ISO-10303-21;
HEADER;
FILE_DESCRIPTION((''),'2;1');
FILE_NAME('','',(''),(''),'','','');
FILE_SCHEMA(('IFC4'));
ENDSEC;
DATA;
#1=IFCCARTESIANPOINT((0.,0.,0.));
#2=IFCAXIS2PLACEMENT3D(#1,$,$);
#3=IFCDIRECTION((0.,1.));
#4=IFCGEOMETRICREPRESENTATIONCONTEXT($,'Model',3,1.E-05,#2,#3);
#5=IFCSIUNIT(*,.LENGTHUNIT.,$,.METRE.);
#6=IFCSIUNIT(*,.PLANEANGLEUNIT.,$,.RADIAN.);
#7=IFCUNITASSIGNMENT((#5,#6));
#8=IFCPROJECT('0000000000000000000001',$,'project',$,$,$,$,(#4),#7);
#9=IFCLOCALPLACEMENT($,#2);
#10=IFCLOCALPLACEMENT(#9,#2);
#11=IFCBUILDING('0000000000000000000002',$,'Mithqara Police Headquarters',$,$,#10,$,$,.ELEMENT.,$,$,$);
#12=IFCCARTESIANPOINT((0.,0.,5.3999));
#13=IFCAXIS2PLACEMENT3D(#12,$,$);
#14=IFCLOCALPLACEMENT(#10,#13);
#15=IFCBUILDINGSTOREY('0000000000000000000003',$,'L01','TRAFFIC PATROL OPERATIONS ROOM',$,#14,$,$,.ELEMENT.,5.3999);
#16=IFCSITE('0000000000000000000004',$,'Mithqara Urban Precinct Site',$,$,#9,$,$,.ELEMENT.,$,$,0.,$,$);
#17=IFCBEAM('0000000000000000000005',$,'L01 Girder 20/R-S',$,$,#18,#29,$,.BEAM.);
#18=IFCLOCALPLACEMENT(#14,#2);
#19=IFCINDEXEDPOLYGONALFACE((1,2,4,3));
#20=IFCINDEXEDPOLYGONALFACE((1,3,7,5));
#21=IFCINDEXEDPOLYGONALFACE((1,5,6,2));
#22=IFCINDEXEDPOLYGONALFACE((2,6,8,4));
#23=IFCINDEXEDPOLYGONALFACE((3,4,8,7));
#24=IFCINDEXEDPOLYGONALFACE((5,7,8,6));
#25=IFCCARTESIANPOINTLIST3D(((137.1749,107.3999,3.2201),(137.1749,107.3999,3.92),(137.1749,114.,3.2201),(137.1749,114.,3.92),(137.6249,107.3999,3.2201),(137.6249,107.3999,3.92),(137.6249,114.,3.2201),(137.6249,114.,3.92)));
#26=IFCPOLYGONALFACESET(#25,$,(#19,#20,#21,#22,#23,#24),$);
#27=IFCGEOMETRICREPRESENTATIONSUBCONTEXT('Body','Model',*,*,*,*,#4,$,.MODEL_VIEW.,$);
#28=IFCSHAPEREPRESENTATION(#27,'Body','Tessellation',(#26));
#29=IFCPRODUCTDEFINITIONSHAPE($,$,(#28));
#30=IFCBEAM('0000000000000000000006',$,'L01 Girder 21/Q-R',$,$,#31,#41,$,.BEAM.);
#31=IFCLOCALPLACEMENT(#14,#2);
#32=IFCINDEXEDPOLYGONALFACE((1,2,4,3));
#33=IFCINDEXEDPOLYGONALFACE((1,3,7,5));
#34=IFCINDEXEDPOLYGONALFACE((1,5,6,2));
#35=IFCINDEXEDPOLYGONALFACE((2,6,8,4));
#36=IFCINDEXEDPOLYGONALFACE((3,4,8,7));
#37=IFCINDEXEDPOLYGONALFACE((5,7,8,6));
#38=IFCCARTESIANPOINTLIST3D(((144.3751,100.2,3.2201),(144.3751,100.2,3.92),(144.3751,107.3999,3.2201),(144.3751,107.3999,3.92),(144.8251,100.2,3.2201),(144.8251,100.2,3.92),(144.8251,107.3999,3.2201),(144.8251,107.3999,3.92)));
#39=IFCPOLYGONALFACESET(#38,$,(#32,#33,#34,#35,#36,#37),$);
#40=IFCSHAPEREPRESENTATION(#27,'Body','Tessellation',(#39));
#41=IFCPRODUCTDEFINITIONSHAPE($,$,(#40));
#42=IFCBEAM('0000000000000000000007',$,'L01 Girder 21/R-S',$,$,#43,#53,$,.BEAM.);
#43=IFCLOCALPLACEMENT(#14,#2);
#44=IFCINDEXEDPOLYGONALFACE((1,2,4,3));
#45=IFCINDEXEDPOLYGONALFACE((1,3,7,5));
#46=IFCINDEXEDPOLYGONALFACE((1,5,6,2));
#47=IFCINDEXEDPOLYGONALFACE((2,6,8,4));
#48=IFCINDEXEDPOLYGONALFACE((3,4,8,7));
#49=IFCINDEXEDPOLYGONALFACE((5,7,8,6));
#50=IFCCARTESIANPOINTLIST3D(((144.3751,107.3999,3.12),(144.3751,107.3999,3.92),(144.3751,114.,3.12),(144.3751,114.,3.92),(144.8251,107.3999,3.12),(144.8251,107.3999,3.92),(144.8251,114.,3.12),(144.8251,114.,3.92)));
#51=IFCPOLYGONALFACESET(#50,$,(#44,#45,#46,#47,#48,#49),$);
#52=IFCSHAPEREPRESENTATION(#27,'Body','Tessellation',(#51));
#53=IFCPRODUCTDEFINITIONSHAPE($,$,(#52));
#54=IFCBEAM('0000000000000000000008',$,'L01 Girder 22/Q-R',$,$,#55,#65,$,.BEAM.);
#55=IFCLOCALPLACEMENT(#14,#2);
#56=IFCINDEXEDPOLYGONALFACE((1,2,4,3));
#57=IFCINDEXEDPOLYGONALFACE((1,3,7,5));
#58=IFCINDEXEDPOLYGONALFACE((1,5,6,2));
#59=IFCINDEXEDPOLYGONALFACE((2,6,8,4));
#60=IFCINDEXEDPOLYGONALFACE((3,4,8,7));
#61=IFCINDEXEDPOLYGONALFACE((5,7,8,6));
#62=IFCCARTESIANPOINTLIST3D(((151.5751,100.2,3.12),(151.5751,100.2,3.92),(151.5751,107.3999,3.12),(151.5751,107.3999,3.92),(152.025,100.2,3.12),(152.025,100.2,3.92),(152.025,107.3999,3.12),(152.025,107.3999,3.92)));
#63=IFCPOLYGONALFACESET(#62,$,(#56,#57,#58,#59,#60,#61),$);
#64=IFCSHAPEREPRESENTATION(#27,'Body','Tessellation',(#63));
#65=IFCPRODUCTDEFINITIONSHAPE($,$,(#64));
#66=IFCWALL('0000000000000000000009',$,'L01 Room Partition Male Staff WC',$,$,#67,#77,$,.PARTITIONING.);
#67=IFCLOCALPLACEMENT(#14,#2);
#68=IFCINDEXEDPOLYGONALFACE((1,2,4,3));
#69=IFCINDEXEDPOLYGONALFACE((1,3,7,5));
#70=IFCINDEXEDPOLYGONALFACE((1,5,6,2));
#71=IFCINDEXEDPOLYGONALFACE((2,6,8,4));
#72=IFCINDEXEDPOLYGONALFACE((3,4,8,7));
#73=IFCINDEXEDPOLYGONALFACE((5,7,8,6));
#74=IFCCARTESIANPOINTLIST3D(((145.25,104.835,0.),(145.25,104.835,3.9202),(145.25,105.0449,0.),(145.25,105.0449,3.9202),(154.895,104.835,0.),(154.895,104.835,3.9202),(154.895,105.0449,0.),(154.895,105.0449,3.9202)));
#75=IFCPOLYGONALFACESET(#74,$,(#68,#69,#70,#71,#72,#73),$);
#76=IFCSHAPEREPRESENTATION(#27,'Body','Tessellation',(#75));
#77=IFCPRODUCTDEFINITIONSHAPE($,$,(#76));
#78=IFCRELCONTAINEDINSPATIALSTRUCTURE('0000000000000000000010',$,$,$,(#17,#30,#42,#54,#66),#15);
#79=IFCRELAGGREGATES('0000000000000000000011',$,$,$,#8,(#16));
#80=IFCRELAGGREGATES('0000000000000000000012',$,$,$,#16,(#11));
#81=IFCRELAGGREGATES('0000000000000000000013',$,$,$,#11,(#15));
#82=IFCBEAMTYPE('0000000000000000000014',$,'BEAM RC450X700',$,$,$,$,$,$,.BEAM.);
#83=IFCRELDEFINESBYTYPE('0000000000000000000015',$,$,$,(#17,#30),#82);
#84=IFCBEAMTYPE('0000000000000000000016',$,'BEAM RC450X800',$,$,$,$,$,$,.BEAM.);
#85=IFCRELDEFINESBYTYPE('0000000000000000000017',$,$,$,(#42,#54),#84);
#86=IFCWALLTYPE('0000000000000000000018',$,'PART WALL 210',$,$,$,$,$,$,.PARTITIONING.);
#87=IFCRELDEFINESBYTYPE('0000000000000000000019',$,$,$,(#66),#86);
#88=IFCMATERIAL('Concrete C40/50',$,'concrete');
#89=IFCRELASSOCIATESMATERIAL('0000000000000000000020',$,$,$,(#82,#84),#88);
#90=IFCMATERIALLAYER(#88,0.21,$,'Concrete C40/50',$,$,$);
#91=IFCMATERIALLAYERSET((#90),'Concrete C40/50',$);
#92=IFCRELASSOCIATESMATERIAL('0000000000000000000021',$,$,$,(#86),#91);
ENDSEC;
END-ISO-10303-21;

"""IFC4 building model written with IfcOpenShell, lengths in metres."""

from ifc_helpers import new_model, si_unit, direction, frame, frame_2d, origin, origin_2d, place, context, subcontext, project, spatial, rectangle, extrude, material, layer, layer_set, material_profile, profile_set, type_object, element, save


model = new_model("IFC4")

# Units and contexts
model_context = context("Model", 3, precision=1e-05, world=origin(), true_north=direction((0.0, 1.0)))
body_context = subcontext(model_context, "Body", "Model", "MODEL_VIEW")
ifc_project = project(units=[si_unit("LENGTHUNIT", "METRE"), si_unit("PLANEANGLEUNIT", "RADIAN")], contexts=[model_context])

# Site, building, storey
site_placement = place(None, origin())
site = spatial("IfcSite", under=ifc_project, at=site_placement, Name="Mithqara Urban Precinct Site", CompositionType="ELEMENT", RefElevation=0.0)
building_placement = place(site_placement, origin())
building = spatial("IfcBuilding", under=site, at=building_placement, Name="Mithqara Police Headquarters", CompositionType="ELEMENT")
storey_placement = place(building_placement, frame((0.0, 0.0, 5.3999)))
storey = spatial("IfcBuildingStorey", under=building, at=storey_placement, Name="L01", Description="TRAFFIC PATROL OPERATIONS ROOM", CompositionType="ELEMENT", Elevation=5.3999)

# Beams
ifc_material_1 = material(Name="Concrete C40/50", Category="concrete")
ifc_material_profile_1 = material_profile(ifc_material_1, rectangle(XDim=0.45, YDim=0.7, at=origin_2d()), Name="RC 450x700")
ifc_profile_set_1 = profile_set([ifc_material_profile_1], Name="Concrete C40/50")
beam_type_1 = type_object("IfcBeamType", Name="BEAM RC450X700", PredefinedType="BEAM", material=ifc_profile_set_1)
beam_1_placement = place(storey_placement, frame((137.3999, 107.3999, 3.5701), z_axis=(0.0, 1.0, 0.0), x_axis=(-1.0, 0.0, 0.0)))
element("IfcBeam", 1, at=beam_1_placement, inside=storey, type_object=beam_type_1, Name="L01 Girder 20/R-S", PredefinedType="BEAM", context=body_context, shape_type="SweptSolid", body=[
    extrude(rectangle(XDim=0.45, YDim=0.7, at=origin_2d()), origin(), (0.0, 0.0, 1.0), 6.6001),
])
beam_2_placement = place(storey_placement, frame((144.6001, 100.2, 3.5701), z_axis=(0.0, 1.0, 0.0), x_axis=(-1.0, 0.0, 0.0)))
element("IfcBeam", 2, at=beam_2_placement, inside=storey, type_object=beam_type_1, Name="L01 Girder 21/Q-R", PredefinedType="BEAM", context=body_context, shape_type="SweptSolid", body=[
    extrude(rectangle(XDim=0.45, YDim=0.7, at=origin_2d()), origin(), (0.0, 0.0, 1.0), 7.2),
])
ifc_material_profile_2 = material_profile(ifc_material_1, rectangle(XDim=0.45, YDim=0.8, at=origin_2d()), Name="RC 450x800")
ifc_profile_set_2 = profile_set([ifc_material_profile_2], Name="Concrete C40/50")
beam_type_2 = type_object("IfcBeamType", Name="BEAM RC450X800", PredefinedType="BEAM", material=ifc_profile_set_2)
beam_3_placement = place(storey_placement, frame((144.6001, 107.3999, 3.52), z_axis=(0.0, 1.0, 0.0), x_axis=(-1.0, 0.0, 0.0)))
element("IfcBeam", 3, at=beam_3_placement, inside=storey, type_object=beam_type_2, Name="L01 Girder 21/R-S", PredefinedType="BEAM", context=body_context, shape_type="SweptSolid", body=[
    extrude(rectangle(XDim=0.45, YDim=0.8, at=origin_2d()), origin(), (0.0, 0.0, 1.0), 6.6001),
])
beam_4_placement = place(storey_placement, frame((151.8, 100.2, 3.52), z_axis=(0.0, 1.0, 0.0), x_axis=(-1.0, 0.0, 0.0)))
element("IfcBeam", 4, at=beam_4_placement, inside=storey, type_object=beam_type_2, Name="L01 Girder 22/Q-R", PredefinedType="BEAM", context=body_context, shape_type="SweptSolid", body=[
    extrude(rectangle(XDim=0.45, YDim=0.8, at=origin_2d()), origin(), (0.0, 0.0, 1.0), 7.2),
])

# Wall
ifc_layer = layer(ifc_material_1, 0.21, Name="Concrete C40/50")
ifc_layer_set = layer_set([ifc_layer], Name="Concrete C40/50")
wall_type = type_object("IfcWallType", Name="PART WALL 210", PredefinedType="PARTITIONING", material=ifc_layer_set)
wall_placement = place(storey_placement, frame((145.25, 104.9399, 0.0), z_axis=(0.0, 0.0, 1.0), x_axis=(1.0, 0.0, 0.0)))
element("IfcWall", 5, at=wall_placement, inside=storey, type_object=wall_type, Name="L01 Room Partition Male Staff WC", PredefinedType="PARTITIONING", context=body_context, shape_type="SweptSolid", body=[
    extrude(rectangle(XDim=9.645, YDim=0.21, at=frame_2d((4.8225, 0.0))), origin(), (0.0, 0.0, 1.0), 3.9202),
])

save(model, "model.ifc")
